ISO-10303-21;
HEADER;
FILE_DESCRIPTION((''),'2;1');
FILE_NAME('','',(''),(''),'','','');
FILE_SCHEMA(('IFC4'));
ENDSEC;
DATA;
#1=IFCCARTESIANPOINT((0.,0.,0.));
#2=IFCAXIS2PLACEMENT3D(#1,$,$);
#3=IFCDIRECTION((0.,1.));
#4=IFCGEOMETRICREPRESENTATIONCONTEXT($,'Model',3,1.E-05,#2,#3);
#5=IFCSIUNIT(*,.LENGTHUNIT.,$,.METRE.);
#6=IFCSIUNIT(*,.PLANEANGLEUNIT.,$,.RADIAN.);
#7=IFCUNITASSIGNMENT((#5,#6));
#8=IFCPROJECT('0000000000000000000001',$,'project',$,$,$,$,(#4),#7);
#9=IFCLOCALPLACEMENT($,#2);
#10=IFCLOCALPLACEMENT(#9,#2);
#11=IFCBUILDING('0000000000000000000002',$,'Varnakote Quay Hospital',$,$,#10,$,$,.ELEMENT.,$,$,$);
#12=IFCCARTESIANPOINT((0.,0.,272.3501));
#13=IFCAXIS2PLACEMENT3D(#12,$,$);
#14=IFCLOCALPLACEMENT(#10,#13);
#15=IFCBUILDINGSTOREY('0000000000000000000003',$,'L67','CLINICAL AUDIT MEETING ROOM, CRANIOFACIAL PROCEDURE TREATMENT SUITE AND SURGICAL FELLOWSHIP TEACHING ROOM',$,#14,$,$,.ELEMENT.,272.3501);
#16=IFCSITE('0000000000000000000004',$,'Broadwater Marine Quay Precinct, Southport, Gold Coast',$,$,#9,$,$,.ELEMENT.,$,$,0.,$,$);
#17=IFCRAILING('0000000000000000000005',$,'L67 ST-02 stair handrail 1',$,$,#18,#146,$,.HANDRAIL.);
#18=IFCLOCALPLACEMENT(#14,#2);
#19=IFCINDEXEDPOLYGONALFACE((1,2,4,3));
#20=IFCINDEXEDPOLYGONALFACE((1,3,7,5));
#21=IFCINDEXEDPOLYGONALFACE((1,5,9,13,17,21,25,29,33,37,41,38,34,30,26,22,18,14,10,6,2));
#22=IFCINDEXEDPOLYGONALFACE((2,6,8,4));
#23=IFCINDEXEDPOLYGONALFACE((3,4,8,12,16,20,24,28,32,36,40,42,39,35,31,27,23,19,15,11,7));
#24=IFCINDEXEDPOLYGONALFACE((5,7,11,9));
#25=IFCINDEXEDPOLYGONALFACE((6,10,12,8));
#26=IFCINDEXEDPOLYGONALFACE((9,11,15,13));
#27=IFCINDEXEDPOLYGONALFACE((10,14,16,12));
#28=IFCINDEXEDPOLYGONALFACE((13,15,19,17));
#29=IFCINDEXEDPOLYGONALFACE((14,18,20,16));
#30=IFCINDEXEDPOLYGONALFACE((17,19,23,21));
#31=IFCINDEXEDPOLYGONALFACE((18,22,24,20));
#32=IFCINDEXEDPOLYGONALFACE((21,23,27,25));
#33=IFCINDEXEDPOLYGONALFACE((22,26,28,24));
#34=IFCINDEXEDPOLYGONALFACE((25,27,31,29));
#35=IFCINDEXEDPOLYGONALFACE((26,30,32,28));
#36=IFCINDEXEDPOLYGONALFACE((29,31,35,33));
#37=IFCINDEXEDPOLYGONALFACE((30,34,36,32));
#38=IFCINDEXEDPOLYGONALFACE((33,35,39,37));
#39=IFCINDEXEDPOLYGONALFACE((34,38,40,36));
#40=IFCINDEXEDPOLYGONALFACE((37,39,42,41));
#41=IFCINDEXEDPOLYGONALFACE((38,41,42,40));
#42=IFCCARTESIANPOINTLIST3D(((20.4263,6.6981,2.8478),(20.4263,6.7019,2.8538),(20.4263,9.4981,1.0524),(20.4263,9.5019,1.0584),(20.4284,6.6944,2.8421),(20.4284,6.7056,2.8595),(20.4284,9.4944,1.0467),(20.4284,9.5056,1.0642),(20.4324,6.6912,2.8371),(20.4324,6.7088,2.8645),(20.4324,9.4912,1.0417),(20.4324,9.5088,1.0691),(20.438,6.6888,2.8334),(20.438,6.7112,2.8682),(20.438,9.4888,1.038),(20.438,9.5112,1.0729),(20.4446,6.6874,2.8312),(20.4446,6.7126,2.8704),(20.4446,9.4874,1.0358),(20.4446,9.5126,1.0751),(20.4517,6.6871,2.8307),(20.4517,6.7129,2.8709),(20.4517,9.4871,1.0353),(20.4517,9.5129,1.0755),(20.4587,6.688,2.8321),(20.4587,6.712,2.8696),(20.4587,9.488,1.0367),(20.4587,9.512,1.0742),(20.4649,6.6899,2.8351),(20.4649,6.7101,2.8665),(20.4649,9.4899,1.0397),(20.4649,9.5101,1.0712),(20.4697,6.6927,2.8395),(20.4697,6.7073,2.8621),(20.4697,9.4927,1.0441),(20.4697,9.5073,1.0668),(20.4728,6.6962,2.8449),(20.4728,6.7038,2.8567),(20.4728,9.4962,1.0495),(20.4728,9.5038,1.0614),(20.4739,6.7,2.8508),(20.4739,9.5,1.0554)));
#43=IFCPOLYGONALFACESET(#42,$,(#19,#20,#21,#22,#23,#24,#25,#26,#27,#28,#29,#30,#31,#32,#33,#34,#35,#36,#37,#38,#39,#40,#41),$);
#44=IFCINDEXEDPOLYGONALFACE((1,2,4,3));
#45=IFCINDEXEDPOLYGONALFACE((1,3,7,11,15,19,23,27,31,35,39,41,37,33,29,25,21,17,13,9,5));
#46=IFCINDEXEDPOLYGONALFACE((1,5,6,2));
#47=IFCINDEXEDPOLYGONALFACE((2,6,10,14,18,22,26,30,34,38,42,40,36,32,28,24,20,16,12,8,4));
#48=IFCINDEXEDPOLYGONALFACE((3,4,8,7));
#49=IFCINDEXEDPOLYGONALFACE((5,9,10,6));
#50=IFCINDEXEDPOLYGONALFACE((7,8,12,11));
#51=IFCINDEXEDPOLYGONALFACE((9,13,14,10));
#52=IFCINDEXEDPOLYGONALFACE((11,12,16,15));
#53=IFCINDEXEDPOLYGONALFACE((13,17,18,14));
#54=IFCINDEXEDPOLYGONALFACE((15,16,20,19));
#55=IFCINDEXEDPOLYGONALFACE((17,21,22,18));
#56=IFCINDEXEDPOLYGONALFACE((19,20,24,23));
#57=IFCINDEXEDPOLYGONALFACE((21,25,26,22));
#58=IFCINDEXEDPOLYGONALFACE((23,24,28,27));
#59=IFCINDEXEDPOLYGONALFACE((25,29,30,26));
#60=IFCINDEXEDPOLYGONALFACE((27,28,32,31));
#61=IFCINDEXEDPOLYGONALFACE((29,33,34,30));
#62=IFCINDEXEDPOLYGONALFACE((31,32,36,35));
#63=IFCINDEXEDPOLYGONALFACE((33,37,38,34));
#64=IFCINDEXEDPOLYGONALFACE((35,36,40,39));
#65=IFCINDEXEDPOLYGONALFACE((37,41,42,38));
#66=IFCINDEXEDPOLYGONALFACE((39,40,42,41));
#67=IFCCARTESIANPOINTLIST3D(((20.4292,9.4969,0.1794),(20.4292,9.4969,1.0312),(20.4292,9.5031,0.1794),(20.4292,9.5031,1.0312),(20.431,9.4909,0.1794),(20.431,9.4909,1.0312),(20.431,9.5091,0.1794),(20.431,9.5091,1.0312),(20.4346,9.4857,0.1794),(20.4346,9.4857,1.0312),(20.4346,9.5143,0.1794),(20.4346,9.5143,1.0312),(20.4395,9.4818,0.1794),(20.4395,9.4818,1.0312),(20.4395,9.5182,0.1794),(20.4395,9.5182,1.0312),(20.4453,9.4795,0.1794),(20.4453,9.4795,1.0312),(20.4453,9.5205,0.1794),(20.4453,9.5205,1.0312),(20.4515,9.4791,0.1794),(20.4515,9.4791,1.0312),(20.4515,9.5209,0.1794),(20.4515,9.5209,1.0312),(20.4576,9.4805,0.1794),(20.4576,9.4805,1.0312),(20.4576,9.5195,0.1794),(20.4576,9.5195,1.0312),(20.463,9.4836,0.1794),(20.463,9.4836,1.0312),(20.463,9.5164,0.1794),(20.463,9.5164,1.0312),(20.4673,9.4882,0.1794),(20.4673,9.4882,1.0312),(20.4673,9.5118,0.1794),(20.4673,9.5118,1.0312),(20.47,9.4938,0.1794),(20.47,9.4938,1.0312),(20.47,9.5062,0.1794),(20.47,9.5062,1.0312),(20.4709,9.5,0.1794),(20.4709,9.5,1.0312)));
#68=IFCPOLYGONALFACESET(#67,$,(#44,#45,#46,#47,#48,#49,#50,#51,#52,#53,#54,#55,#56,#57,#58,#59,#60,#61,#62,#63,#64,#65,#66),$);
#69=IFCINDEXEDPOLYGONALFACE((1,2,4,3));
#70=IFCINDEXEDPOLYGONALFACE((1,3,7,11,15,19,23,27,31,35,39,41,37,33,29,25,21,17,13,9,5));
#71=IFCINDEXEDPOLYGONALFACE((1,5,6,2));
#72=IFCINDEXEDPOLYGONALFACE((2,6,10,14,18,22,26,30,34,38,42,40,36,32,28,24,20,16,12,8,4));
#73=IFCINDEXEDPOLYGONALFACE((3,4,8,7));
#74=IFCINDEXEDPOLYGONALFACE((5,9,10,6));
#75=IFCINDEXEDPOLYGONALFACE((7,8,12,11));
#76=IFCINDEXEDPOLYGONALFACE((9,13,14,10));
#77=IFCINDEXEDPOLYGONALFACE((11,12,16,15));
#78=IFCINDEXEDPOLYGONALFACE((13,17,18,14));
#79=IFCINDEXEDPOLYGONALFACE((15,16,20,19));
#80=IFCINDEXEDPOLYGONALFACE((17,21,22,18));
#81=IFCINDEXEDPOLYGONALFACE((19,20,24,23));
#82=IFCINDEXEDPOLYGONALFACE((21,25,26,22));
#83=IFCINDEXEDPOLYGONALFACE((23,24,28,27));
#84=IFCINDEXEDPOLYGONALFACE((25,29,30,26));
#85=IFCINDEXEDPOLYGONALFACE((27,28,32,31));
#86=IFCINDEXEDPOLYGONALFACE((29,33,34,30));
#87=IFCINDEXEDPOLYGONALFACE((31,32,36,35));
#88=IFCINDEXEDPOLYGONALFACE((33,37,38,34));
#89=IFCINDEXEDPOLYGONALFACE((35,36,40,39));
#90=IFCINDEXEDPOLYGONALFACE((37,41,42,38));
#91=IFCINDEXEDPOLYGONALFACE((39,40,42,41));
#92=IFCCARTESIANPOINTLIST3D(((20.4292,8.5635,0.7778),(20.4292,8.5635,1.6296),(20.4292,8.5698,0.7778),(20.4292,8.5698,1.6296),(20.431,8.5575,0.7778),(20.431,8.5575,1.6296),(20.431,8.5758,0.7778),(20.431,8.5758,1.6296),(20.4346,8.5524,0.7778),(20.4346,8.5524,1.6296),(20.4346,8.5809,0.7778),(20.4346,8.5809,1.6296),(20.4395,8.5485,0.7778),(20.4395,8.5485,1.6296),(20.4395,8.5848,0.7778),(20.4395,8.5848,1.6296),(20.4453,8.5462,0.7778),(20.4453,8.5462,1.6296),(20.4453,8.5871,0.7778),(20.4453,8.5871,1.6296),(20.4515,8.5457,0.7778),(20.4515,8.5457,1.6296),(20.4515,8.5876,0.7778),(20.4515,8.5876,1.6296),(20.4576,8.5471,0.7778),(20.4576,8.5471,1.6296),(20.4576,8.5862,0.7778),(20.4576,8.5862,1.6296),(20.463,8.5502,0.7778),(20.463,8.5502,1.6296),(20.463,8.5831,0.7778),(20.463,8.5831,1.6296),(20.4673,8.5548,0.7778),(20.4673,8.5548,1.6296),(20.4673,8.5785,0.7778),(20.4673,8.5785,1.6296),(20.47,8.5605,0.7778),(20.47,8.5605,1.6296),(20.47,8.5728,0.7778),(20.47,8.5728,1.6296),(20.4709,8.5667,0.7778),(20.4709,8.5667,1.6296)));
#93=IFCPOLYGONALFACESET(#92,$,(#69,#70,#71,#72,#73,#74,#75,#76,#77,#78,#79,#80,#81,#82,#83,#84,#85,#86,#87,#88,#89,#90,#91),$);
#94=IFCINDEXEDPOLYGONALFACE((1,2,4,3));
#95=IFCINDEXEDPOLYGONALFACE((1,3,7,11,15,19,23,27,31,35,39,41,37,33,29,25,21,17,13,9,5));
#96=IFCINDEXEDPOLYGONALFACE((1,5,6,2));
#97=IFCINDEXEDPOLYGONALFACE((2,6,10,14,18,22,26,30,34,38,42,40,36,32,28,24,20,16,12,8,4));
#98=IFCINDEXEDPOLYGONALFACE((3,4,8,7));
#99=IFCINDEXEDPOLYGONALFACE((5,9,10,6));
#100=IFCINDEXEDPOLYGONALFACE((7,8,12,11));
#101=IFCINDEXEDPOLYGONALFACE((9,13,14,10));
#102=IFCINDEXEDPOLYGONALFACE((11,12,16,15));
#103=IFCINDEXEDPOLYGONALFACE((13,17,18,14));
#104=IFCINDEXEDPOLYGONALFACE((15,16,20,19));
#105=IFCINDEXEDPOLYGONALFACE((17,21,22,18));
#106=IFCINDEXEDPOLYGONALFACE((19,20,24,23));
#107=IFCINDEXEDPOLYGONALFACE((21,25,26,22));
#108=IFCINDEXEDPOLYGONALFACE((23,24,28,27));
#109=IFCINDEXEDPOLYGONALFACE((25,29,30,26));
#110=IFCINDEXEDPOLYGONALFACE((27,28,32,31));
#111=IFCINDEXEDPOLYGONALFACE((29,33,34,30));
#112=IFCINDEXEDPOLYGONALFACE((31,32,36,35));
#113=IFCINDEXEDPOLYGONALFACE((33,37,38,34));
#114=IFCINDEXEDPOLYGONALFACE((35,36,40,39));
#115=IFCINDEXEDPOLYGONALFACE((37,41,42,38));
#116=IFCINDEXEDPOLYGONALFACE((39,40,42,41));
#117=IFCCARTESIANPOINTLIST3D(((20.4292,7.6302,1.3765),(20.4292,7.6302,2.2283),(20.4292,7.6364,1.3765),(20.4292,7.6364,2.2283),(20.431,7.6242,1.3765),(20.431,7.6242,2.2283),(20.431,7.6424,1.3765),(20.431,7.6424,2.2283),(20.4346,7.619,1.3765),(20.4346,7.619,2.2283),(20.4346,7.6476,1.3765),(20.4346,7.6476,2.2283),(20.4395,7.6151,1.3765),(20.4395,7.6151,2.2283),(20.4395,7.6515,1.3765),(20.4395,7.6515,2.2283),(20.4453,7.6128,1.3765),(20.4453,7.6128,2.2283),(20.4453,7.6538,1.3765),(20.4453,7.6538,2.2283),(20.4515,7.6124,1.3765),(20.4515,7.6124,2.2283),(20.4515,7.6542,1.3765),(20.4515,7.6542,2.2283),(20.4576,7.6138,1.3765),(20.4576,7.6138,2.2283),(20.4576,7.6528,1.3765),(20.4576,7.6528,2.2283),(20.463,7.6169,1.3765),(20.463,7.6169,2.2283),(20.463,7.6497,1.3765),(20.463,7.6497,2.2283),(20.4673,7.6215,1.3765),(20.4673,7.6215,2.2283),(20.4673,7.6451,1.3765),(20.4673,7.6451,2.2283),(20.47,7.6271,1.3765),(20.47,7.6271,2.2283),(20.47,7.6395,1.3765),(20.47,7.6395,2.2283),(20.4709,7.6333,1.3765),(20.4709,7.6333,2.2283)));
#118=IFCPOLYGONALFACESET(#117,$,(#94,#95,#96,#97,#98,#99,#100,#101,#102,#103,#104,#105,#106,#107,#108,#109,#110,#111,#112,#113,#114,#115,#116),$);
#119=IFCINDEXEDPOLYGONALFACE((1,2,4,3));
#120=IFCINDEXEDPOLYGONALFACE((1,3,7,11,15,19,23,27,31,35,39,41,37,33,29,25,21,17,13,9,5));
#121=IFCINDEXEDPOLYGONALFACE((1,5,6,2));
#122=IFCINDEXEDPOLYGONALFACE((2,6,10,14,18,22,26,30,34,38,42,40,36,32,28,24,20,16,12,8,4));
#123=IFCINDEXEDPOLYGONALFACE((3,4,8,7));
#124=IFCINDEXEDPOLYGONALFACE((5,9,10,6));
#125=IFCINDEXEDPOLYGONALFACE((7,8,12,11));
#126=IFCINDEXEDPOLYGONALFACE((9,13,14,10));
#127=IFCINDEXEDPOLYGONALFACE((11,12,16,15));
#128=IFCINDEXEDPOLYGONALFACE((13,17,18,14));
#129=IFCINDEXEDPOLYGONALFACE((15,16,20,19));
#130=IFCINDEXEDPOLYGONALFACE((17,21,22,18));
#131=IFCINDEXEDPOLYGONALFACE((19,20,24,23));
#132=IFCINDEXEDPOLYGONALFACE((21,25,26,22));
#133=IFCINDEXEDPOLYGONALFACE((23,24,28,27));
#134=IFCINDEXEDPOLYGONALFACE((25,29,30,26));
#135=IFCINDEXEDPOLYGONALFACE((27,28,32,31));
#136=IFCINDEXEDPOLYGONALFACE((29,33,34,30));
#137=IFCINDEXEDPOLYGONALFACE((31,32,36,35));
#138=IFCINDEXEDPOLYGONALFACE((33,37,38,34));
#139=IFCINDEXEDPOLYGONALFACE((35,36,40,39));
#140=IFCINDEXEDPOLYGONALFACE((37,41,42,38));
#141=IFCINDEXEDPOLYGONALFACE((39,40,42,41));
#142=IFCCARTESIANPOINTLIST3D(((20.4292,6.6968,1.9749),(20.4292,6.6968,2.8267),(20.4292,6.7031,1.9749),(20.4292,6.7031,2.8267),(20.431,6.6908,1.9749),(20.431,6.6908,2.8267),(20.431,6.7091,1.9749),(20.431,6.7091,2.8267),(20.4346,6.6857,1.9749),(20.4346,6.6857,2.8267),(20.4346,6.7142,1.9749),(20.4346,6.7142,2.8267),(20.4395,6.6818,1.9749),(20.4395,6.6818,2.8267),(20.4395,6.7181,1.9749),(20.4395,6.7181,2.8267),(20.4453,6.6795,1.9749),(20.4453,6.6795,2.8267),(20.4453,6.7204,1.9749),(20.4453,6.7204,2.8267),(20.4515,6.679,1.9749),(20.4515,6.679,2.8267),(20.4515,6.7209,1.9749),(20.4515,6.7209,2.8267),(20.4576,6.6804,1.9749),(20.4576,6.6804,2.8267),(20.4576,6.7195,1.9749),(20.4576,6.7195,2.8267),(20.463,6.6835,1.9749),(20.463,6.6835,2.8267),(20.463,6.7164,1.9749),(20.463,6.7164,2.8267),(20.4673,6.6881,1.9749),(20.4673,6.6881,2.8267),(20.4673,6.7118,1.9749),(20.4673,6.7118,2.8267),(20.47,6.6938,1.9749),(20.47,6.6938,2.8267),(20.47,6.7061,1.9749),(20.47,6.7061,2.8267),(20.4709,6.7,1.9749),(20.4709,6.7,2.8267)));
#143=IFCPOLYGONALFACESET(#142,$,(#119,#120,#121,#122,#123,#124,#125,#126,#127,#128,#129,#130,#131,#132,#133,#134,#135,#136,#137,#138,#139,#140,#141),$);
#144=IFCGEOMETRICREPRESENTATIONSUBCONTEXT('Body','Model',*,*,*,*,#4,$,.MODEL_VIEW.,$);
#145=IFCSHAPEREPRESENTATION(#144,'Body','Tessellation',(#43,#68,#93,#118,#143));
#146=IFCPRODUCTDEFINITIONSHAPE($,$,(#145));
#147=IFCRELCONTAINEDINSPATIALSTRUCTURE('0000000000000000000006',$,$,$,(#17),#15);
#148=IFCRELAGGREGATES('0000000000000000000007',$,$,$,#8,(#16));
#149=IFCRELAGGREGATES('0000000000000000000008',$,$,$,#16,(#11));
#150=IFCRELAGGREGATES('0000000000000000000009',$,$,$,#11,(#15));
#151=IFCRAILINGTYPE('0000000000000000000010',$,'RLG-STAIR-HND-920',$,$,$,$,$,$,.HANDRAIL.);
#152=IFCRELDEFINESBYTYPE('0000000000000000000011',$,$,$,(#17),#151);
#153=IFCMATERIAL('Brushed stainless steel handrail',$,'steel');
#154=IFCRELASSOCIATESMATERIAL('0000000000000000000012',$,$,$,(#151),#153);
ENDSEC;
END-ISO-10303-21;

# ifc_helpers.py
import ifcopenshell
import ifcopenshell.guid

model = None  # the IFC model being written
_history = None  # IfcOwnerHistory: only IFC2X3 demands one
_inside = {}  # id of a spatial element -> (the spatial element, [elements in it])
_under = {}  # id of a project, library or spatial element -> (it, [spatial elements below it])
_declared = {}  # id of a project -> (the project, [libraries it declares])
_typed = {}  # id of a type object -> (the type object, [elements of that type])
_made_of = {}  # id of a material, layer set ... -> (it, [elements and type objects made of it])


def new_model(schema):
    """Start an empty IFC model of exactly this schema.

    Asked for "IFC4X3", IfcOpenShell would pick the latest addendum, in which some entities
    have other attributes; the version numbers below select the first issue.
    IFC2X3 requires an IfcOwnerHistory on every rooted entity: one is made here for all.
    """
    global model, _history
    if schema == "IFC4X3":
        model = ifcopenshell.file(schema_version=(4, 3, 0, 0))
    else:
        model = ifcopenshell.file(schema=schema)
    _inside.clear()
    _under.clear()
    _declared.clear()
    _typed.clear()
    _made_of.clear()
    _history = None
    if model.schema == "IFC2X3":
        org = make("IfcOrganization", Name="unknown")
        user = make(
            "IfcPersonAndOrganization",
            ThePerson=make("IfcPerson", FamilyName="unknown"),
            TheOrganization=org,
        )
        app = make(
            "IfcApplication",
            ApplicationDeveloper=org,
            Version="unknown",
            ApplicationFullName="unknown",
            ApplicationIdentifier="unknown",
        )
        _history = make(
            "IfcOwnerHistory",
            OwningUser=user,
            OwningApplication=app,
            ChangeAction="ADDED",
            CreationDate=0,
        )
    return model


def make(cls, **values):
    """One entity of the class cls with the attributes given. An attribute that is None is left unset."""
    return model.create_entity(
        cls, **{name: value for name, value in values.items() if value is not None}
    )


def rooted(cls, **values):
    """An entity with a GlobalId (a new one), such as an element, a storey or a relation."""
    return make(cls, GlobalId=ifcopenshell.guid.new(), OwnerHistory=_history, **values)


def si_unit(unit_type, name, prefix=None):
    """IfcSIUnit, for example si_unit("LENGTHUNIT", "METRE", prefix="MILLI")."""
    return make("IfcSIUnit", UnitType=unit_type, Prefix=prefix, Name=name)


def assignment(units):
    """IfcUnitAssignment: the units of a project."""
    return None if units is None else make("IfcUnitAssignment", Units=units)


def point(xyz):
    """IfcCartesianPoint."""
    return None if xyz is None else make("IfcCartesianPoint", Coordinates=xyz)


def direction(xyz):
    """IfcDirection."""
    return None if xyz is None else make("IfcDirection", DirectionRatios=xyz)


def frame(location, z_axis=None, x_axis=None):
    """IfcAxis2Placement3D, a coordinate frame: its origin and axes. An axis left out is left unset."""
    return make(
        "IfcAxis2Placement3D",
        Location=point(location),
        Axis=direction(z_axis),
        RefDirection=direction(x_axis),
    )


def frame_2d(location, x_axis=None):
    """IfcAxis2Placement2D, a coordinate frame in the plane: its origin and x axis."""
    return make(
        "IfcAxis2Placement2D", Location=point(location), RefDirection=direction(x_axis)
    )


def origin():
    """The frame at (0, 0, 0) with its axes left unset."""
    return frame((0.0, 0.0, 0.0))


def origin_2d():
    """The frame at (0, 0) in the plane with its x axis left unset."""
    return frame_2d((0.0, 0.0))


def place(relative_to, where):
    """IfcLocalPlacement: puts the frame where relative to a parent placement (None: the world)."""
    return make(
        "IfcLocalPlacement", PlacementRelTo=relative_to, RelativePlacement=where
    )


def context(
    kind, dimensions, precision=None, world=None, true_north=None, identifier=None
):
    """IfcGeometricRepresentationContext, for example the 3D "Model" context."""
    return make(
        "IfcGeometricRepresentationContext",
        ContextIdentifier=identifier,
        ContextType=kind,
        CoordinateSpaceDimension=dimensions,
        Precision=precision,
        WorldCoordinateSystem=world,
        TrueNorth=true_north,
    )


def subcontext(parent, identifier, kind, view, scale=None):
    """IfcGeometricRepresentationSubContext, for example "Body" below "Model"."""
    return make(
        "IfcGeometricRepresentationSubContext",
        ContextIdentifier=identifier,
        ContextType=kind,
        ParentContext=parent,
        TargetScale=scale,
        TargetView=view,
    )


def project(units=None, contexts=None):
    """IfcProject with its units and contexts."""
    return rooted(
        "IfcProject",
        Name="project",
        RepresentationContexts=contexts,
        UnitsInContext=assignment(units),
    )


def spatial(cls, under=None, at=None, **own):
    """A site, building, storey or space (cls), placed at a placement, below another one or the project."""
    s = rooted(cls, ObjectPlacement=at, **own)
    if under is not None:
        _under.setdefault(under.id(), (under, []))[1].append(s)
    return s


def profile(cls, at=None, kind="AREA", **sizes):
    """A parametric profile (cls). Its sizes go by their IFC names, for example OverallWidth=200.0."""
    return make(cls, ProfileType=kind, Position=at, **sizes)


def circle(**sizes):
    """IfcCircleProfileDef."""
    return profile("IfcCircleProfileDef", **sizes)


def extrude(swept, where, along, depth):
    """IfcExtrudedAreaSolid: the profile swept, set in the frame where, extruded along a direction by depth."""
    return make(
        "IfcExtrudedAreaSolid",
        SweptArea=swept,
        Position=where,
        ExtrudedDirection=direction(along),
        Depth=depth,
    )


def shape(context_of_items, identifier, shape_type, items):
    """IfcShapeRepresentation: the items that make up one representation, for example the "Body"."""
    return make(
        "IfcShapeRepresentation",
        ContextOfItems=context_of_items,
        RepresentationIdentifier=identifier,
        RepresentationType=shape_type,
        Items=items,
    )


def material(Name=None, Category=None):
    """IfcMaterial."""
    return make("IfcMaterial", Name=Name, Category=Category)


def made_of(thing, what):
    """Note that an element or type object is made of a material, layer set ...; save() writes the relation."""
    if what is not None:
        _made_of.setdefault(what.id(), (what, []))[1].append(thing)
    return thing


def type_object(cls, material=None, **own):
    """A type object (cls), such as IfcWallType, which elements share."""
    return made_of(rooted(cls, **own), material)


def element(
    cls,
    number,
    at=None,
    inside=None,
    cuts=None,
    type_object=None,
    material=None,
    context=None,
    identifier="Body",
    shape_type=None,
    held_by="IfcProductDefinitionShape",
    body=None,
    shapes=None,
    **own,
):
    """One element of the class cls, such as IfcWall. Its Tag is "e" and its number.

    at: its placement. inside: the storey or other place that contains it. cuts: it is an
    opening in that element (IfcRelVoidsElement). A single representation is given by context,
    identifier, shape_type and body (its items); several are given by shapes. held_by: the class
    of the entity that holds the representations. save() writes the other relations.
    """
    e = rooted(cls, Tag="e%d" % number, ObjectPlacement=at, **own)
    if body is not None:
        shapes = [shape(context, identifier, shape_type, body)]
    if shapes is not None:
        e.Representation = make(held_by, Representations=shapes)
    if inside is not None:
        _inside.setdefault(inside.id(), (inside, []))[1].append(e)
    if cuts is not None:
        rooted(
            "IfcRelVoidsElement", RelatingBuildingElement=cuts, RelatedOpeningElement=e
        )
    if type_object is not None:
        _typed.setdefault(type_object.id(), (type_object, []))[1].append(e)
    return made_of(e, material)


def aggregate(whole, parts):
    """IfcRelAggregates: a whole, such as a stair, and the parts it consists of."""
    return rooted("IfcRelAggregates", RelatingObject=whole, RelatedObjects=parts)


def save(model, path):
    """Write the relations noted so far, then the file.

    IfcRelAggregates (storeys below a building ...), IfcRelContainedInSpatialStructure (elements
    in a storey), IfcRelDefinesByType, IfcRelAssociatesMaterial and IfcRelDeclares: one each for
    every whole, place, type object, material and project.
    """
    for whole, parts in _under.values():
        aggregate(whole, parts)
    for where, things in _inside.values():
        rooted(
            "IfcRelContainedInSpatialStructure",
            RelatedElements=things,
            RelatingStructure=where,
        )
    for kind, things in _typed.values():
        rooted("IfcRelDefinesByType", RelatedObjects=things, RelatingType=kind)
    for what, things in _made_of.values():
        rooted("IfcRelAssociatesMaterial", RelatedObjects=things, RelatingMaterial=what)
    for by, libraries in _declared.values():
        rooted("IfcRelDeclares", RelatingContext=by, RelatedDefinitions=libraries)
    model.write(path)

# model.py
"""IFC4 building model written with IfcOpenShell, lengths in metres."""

from ifc_helpers import new_model, si_unit, direction, frame, origin, origin_2d, place, context, subcontext, project, spatial, circle, extrude, material, type_object, element, save


model = new_model("IFC4")

# Units and contexts
model_context = context("Model", 3, precision=1e-05, world=origin(), true_north=direction((0.0, 1.0)))
body_context = subcontext(model_context, "Body", "Model", "MODEL_VIEW")
ifc_project = project(units=[si_unit("LENGTHUNIT", "METRE"), si_unit("PLANEANGLEUNIT", "RADIAN")], contexts=[model_context])

# Site, building, storey
site_placement = place(None, origin())
site = spatial("IfcSite", under=ifc_project, at=site_placement, Name="Broadwater Marine Quay Precinct, Southport, Gold Coast", CompositionType="ELEMENT", RefElevation=0.0)
building_placement = place(site_placement, origin())
building = spatial("IfcBuilding", under=site, at=building_placement, Name="Varnakote Quay Hospital", CompositionType="ELEMENT")
storey_placement = place(building_placement, frame((0.0, 0.0, 272.3501)))
storey = spatial("IfcBuildingStorey", under=building, at=storey_placement, Name="L67", Description="CLINICAL AUDIT MEETING ROOM, CRANIOFACIAL PROCEDURE TREATMENT SUITE AND SURGICAL FELLOWSHIP TEACHING ROOM", CompositionType="ELEMENT", Elevation=272.3501)

# Railing
ifc_material_1 = material(Name="Brushed stainless steel handrail", Category="steel")
railing_type_1 = type_object("IfcRailingType", Name="RLG-STAIR-HND-920", PredefinedType="HANDRAIL", material=ifc_material_1)
railing_1_placement = place(storey_placement, frame((20.45, 9.5, 0.1794)))
element("IfcRailing", 1, at=railing_1_placement, inside=storey, type_object=railing_type_1, Name="L67 ST-02 stair handrail 1", PredefinedType="HANDRAIL", context=body_context, shape_type="SweptSolid", body=[
    extrude(circle(Radius=0.0239, at=origin_2d()), frame((0.0, 0.0, 0.876), z_axis=(0.0, -0.84181, 0.539774), x_axis=(1.0, 0.0, 0.0)), (0.0, 0.0, 1.0), 3.3262),
    extrude(circle(Radius=0.021, at=origin_2d()), origin(), (0.0, 0.0, 1.0), 0.8518),
    extrude(circle(Radius=0.021, at=origin_2d()), frame((0.0, -0.9333, 0.5984)), (0.0, 0.0, 1.0), 0.8518),
    extrude(circle(Radius=0.021, at=origin_2d()), frame((0.0, -1.8667, 1.197)), (0.0, 0.0, 1.0), 0.8518),
    extrude(circle(Radius=0.021, at=origin_2d()), frame((0.0, -2.8, 1.7954)), (0.0, 0.0, 1.0), 0.8518),
])

save(model, "model.ifc")
